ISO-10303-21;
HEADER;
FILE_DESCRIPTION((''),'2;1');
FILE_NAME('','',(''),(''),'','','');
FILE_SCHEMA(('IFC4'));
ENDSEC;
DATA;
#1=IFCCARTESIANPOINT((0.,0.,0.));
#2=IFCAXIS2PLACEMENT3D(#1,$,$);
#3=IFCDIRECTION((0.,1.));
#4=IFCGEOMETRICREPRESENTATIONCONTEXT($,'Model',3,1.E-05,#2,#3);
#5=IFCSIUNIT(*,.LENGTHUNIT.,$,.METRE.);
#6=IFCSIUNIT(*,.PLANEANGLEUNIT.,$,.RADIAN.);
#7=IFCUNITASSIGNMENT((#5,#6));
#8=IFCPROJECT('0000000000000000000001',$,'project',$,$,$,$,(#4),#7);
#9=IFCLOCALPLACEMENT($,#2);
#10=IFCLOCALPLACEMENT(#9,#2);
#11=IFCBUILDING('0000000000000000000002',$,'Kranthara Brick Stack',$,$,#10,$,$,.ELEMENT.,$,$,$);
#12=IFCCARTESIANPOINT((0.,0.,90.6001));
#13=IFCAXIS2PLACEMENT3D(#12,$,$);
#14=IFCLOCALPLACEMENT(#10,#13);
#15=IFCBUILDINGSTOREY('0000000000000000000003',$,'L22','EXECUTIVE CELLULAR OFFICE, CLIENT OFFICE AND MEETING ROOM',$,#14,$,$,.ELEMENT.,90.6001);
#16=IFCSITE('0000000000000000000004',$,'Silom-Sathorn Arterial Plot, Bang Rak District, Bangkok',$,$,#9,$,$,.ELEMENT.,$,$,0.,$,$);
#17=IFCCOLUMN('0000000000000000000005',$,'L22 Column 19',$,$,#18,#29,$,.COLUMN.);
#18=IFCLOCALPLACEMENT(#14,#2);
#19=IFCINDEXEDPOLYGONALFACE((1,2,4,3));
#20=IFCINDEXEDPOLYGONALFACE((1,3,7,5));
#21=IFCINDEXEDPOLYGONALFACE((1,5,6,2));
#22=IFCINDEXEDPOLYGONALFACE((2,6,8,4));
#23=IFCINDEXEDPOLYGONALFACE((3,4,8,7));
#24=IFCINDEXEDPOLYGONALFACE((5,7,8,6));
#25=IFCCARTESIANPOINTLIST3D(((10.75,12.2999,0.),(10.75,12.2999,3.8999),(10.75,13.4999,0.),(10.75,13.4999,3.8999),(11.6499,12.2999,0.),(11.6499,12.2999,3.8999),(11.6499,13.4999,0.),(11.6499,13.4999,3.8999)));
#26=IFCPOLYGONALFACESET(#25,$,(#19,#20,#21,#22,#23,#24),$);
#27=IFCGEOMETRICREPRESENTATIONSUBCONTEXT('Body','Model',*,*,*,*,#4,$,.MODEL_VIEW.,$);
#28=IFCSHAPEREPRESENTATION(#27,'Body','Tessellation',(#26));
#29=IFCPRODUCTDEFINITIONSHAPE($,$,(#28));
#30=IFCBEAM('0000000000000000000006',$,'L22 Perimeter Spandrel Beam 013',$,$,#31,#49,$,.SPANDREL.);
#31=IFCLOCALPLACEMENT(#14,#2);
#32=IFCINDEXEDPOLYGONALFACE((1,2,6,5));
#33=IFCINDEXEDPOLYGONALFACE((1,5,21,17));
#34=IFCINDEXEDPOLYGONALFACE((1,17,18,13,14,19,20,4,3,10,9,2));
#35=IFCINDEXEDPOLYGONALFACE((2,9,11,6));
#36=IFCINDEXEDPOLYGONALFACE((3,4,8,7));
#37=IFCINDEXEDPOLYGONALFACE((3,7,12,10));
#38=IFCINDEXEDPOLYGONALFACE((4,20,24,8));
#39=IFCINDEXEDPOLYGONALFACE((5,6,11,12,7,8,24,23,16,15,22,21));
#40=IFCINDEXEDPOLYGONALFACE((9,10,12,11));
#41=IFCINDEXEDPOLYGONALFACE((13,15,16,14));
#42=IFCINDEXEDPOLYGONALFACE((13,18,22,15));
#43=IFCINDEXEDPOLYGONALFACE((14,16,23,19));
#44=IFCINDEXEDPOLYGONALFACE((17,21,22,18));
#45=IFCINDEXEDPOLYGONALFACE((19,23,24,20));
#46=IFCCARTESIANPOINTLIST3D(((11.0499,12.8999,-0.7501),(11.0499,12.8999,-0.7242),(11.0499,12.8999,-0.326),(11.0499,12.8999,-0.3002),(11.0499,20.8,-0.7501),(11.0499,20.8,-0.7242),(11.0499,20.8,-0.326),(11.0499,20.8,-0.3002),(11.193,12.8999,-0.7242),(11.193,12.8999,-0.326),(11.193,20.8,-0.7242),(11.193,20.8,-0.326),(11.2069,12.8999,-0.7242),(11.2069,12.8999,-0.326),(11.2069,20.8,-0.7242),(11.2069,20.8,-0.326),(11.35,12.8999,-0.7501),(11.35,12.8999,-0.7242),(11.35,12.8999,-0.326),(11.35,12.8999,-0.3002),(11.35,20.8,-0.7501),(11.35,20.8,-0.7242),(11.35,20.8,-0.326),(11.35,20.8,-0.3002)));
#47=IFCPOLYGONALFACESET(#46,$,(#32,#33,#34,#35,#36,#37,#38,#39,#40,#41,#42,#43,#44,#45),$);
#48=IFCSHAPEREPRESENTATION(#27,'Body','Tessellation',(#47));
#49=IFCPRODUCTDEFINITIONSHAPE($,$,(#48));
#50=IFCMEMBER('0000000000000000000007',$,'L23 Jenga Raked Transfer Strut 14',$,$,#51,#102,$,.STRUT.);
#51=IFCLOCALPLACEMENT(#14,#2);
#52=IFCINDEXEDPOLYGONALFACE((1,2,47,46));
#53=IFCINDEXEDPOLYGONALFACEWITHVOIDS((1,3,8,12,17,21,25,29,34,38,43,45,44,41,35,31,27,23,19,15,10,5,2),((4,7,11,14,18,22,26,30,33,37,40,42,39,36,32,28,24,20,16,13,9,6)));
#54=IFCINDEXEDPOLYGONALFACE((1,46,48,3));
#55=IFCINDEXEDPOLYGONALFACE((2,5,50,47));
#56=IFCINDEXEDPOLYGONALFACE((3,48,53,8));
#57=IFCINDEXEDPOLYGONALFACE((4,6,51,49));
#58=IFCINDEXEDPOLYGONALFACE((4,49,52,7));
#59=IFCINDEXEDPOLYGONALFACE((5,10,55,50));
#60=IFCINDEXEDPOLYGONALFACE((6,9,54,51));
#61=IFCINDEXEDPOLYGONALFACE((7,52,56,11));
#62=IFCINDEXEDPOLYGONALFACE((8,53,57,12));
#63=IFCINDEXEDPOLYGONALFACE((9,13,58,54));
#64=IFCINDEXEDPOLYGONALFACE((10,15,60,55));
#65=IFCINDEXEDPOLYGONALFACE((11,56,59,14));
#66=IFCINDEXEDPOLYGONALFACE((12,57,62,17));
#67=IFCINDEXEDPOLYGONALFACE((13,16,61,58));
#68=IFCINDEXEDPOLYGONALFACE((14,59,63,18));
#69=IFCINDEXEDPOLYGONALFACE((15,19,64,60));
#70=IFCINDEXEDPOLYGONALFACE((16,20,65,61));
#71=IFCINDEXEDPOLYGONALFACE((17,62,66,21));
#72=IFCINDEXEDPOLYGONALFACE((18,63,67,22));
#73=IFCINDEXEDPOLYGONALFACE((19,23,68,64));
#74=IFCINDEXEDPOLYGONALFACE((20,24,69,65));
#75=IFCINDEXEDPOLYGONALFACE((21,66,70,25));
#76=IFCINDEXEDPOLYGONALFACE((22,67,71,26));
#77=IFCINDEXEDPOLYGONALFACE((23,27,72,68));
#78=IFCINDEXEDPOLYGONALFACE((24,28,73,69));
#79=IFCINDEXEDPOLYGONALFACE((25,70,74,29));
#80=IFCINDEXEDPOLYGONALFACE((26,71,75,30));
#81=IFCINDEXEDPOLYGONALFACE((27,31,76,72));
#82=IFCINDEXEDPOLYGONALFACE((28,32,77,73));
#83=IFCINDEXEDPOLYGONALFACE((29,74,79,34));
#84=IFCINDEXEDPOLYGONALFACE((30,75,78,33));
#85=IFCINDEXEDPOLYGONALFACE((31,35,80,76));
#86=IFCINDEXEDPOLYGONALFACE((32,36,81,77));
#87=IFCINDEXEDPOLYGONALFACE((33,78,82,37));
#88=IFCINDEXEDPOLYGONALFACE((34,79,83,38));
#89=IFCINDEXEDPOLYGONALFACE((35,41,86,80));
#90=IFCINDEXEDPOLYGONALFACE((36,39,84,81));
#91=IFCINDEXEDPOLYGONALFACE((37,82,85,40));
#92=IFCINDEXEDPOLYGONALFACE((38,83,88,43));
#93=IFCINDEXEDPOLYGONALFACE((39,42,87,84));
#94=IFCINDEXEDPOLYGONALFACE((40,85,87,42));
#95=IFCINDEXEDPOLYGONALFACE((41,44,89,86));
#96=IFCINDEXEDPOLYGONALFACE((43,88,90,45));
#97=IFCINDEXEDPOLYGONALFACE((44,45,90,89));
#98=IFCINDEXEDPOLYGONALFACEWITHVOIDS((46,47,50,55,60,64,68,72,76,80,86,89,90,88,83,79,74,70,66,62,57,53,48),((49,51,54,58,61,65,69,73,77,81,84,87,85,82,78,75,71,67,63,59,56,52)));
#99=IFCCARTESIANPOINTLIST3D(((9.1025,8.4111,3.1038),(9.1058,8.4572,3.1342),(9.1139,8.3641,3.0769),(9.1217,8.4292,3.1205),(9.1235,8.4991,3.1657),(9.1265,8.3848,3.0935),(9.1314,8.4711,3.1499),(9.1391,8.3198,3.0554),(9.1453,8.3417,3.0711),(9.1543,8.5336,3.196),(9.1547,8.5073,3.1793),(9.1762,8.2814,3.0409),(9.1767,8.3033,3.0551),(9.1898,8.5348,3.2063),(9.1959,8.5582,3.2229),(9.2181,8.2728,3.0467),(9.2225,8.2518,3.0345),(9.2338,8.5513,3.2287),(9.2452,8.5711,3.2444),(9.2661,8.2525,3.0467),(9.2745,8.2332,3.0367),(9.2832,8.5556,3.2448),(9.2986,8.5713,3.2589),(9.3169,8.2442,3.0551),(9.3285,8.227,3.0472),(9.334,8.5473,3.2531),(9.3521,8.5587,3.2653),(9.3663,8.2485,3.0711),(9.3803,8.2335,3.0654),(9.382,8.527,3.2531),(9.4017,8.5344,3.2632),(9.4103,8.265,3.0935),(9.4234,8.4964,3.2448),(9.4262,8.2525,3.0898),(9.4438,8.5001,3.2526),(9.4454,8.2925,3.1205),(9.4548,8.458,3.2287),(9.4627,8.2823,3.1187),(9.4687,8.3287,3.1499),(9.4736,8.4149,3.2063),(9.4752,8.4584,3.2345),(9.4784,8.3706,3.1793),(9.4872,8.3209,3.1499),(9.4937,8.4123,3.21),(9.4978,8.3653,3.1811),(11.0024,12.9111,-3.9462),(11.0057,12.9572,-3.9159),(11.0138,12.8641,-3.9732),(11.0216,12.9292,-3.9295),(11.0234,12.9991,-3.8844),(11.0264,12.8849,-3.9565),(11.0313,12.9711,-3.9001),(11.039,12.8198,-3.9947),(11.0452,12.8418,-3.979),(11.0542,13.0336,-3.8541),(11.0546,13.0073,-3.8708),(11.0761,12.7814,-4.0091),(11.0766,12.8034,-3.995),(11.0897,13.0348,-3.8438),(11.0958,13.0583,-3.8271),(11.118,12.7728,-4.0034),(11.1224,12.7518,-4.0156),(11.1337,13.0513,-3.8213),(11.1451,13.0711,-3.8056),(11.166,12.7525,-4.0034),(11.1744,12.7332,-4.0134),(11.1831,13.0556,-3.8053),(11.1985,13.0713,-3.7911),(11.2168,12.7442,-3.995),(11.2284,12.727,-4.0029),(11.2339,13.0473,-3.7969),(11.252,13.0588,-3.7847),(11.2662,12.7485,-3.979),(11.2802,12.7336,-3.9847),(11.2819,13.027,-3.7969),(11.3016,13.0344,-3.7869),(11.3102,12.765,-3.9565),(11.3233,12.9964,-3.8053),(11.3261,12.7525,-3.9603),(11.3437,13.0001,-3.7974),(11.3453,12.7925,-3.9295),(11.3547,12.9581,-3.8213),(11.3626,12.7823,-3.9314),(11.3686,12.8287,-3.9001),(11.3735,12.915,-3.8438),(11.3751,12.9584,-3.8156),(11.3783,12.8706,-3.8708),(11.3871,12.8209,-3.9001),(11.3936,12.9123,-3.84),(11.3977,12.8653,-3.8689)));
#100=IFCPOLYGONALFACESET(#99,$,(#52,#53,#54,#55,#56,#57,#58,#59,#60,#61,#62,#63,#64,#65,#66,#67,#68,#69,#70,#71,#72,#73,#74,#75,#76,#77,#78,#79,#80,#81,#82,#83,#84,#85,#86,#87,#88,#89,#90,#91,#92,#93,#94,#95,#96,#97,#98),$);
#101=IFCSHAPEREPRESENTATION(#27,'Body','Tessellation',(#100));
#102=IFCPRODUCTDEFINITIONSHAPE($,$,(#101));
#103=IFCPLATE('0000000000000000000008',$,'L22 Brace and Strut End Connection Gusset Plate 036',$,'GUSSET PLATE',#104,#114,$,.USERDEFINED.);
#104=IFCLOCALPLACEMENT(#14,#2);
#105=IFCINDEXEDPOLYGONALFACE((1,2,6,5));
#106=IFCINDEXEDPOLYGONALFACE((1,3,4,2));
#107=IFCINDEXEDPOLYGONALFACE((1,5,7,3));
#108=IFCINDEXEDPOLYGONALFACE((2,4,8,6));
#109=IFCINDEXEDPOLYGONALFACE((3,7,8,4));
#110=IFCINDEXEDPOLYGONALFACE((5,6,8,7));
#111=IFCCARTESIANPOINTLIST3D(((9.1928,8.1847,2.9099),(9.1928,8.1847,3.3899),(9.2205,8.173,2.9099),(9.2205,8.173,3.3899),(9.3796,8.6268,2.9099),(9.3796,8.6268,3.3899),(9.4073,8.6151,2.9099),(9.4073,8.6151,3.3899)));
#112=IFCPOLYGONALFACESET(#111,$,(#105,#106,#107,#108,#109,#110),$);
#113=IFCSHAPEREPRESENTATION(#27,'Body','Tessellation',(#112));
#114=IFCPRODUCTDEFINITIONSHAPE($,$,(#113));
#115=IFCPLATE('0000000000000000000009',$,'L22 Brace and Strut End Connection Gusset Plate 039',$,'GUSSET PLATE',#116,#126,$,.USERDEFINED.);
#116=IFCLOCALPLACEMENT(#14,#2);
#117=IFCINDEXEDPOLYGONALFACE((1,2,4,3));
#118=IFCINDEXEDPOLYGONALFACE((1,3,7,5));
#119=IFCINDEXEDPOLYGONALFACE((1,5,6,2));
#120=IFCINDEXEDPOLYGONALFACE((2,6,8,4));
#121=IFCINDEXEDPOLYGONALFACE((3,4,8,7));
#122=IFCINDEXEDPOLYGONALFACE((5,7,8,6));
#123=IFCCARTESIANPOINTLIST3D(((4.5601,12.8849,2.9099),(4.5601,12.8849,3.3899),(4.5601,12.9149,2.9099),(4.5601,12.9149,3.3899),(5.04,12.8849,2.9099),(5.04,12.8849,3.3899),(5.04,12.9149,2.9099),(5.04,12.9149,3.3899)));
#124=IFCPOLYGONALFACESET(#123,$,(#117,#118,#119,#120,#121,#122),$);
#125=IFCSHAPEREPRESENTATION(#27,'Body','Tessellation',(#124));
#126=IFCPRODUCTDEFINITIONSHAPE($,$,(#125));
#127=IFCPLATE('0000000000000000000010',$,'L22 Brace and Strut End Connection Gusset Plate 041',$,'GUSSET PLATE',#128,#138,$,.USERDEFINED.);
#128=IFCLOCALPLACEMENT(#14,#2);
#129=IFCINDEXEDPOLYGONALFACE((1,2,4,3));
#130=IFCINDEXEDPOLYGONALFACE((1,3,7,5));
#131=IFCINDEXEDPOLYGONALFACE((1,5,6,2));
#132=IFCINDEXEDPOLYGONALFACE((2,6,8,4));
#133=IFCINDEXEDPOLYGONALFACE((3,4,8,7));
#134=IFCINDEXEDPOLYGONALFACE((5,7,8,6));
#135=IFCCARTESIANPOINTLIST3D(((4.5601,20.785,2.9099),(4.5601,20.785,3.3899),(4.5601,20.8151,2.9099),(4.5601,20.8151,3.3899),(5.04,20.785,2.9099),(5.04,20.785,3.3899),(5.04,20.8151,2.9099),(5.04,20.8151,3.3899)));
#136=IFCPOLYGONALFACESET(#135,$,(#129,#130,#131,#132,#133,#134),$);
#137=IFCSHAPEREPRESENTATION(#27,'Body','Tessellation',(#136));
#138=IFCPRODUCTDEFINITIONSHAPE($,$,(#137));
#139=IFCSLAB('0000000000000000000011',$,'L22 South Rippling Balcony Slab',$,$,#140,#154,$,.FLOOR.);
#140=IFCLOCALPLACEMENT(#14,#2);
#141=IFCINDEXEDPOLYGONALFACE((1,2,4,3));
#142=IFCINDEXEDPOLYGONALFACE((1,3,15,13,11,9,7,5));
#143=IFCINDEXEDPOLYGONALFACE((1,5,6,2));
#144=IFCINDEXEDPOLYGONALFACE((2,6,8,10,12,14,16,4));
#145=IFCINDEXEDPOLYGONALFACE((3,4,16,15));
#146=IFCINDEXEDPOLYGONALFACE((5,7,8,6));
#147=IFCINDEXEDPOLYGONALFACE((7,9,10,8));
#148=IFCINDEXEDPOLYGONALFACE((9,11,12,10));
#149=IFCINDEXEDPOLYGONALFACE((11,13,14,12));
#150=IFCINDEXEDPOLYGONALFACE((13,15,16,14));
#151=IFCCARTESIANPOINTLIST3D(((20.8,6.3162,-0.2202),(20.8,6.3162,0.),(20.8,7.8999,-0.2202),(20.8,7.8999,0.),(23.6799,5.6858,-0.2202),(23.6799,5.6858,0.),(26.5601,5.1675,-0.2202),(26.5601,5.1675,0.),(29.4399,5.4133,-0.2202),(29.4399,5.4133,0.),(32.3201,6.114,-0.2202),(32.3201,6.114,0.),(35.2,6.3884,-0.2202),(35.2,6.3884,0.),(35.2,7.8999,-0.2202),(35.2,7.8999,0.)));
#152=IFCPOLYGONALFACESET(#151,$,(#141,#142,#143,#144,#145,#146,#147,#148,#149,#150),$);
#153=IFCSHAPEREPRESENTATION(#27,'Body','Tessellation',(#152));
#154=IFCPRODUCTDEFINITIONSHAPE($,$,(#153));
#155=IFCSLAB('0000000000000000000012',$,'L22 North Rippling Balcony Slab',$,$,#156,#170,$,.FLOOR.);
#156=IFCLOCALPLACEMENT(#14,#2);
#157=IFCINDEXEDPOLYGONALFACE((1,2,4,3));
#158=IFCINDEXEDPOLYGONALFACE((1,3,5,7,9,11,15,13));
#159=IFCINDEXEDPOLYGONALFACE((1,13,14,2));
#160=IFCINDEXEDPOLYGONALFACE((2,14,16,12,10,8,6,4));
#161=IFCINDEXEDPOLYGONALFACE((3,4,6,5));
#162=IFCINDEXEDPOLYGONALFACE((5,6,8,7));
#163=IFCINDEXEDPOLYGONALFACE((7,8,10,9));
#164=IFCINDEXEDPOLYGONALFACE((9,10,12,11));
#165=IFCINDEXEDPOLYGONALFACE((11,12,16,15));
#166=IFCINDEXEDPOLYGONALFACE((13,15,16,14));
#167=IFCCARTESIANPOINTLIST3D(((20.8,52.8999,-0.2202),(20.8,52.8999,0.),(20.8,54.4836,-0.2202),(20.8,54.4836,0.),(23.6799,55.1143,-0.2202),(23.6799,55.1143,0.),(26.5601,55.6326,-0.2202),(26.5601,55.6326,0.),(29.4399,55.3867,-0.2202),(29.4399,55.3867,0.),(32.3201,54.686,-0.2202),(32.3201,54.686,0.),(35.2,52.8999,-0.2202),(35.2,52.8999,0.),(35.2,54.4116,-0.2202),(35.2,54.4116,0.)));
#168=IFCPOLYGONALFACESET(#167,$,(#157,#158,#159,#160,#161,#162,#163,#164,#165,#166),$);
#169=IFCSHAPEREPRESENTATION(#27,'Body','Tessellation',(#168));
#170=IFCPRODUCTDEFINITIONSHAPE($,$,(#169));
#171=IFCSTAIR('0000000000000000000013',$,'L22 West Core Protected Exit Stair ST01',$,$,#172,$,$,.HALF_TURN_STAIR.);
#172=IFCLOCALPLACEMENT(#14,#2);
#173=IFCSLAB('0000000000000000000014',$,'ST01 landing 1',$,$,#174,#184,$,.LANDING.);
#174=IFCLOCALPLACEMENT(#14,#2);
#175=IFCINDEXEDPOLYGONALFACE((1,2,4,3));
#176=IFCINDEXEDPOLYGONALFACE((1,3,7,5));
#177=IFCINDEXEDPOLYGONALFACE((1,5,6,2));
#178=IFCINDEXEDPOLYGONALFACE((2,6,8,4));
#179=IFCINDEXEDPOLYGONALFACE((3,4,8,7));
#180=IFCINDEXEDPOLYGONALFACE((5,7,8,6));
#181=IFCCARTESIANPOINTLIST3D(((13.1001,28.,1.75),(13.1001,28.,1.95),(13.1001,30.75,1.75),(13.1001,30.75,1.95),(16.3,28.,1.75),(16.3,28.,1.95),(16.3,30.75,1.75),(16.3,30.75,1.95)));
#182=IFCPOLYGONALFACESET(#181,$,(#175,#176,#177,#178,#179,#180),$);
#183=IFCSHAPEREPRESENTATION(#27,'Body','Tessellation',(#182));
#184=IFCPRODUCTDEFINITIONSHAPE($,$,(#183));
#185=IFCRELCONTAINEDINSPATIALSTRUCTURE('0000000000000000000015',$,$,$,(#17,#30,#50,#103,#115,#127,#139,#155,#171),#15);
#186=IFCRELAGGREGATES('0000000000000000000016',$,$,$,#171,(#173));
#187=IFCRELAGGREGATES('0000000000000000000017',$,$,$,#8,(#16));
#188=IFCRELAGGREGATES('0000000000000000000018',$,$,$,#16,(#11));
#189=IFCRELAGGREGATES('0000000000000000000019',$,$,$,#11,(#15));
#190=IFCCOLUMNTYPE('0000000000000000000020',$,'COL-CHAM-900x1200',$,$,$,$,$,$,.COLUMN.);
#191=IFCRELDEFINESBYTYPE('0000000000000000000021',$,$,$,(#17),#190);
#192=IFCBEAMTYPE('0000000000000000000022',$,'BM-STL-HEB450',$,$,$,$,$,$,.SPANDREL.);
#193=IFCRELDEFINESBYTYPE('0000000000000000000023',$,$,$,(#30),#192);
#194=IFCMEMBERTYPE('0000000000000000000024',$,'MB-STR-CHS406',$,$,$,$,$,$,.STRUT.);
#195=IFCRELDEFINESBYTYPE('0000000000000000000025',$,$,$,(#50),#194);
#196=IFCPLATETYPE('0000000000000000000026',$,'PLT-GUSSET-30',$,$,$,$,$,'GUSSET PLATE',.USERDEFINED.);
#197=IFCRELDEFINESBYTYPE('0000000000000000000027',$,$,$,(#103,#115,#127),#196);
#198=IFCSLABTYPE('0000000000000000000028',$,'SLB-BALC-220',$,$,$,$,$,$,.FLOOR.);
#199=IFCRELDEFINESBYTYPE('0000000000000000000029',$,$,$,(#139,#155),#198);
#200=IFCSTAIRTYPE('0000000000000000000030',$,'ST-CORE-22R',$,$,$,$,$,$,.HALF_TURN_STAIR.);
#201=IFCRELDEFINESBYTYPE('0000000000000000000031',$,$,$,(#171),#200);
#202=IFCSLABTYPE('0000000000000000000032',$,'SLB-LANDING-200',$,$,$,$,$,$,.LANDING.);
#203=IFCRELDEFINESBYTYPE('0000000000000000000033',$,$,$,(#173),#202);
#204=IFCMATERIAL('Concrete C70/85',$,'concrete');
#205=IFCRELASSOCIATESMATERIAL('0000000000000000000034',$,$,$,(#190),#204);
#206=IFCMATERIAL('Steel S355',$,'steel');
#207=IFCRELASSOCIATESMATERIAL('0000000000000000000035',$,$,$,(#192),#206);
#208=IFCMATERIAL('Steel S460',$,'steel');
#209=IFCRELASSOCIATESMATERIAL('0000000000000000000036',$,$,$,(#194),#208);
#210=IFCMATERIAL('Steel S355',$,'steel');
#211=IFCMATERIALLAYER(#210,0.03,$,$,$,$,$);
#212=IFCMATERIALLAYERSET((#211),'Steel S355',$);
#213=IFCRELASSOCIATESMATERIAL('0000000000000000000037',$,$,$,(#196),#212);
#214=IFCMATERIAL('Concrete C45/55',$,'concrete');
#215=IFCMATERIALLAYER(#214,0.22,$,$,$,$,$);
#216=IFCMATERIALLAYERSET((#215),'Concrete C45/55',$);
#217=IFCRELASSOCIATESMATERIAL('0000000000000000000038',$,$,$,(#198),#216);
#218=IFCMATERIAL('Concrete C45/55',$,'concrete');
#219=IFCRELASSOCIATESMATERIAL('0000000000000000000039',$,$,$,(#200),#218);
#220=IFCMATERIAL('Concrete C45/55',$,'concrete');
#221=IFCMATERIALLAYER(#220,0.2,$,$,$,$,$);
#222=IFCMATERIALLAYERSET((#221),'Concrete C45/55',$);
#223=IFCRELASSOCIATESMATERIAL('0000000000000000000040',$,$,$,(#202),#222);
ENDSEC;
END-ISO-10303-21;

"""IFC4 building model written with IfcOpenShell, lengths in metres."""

from ifc_helpers import new_model, si_unit, direction, frame, origin, origin_2d, place, context, subcontext, project, spatial, polyline, rectangle, hollow_circle, i_section, outline, extrude, material, layer, layer_set, material_profile, profile_set, type_object, element, aggregate, save


model = new_model("IFC4")

# Units and contexts
model_context = context("Model", 3, precision=1e-05, world=origin(), true_north=direction((0.0, 1.0)))
body_context = subcontext(model_context, "Body", "Model", "MODEL_VIEW")
ifc_project = project(units=[si_unit("LENGTHUNIT", "METRE"), si_unit("PLANEANGLEUNIT", "RADIAN")], contexts=[model_context])

# Site, building, storey
site_placement = place(None, origin())
site = spatial("IfcSite", under=ifc_project, at=site_placement, Name="Silom-Sathorn Arterial Plot, Bang Rak District, Bangkok", CompositionType="ELEMENT", RefElevation=0.0)
building_placement = place(site_placement, origin())
building = spatial("IfcBuilding", under=site, at=building_placement, Name="Kranthara Brick Stack", CompositionType="ELEMENT")
storey_placement = place(building_placement, frame((0.0, 0.0, 90.6001)))
storey = spatial("IfcBuildingStorey", under=building, at=storey_placement, Name="L22", Description="EXECUTIVE CELLULAR OFFICE, CLIENT OFFICE AND MEETING ROOM", CompositionType="ELEMENT", Elevation=90.6001)

# Column
ifc_material_1 = material(Name="Concrete C70/85", Category="concrete")
ifc_material_profile_1 = material_profile(ifc_material_1, rectangle(XDim=0.8999, YDim=1.2, at=origin_2d()), Name="RC 900x1200")
ifc_profile_set_1 = profile_set([ifc_material_profile_1], Name="Concrete C70/85")
column_type = type_object("IfcColumnType", Name="COL-CHAM-900x1200", PredefinedType="COLUMN", material=ifc_profile_set_1)
column_placement = place(storey_placement, frame((11.2, 12.8999, 0.0), z_axis=(0.0, 0.0, 1.0), x_axis=(1.0, 0.0, 0.0)))
element("IfcColumn", 1, at=column_placement, inside=storey, type_object=column_type, Name="L22 Column 19", PredefinedType="COLUMN", context=body_context, shape_type="SweptSolid", body=[
    extrude(rectangle(XDim=0.8999, YDim=1.2, at=origin_2d()), origin(), (0.0, 0.0, 1.0), 3.8999),
])

# Beam
ifc_material_2 = material(Name="Steel S355", Category="steel")
ifc_material_profile_2 = material_profile(ifc_material_2, i_section(OverallWidth=0.3, OverallDepth=0.45, WebThickness=0.0139, FlangeThickness=0.0259, at=origin_2d()), Name="HEB 450")
ifc_profile_set_2 = profile_set([ifc_material_profile_2], Name="Steel S355")
beam_type = type_object("IfcBeamType", Name="BM-STL-HEB450", PredefinedType="SPANDREL", material=ifc_profile_set_2)
beam_placement = place(storey_placement, frame((11.2, 12.8999, -0.5251), z_axis=(0.0, 1.0, 0.0), x_axis=(-1.0, 0.0, 0.0)))
element("IfcBeam", 2, at=beam_placement, inside=storey, type_object=beam_type, Name="L22 Perimeter Spandrel Beam 013", PredefinedType="SPANDREL", context=body_context, shape_type="SweptSolid", body=[
    extrude(i_section(OverallWidth=0.3, OverallDepth=0.45, WebThickness=0.0139, FlangeThickness=0.0259, at=origin_2d()), origin(), (0.0, 0.0, 1.0), 7.9001),
])

# Member
ifc_material_3 = material(Name="Steel S460", Category="steel")
ifc_material_profile_3 = material_profile(ifc_material_3, hollow_circle(Radius=0.2031, WallThickness=0.02, at=origin_2d()), Name="CHS 406.4x20")
ifc_profile_set_3 = profile_set([ifc_material_profile_3], Name="Steel S460")
member_type = type_object("IfcMemberType", Name="MB-STR-CHS406", PredefinedType="STRUT", material=ifc_profile_set_3)
member_placement = place(storey_placement, frame((11.2, 12.8999, -3.9001), z_axis=(-0.221514, -0.524667, 0.821983), x_axis=(0.921257, -0.388955, 0.0)))
element("IfcMember", 3, at=member_placement, inside=storey, type_object=member_type, Name="L23 Jenga Raked Transfer Strut 14", PredefinedType="STRUT", context=body_context, shape_type="SweptSolid", body=[
    extrude(hollow_circle(Radius=0.2031, WallThickness=0.02, at=origin_2d()), origin(), (0.0, 0.0, 1.0), 8.5769),
])

# Plates
ifc_material_4 = material(Name="Steel S355", Category="steel")
ifc_layer_1 = layer(ifc_material_4, 0.03)
ifc_layer_set_1 = layer_set([ifc_layer_1], Name="Steel S355")
plate_type = type_object("IfcPlateType", Name="PLT-GUSSET-30", ElementType="GUSSET PLATE", PredefinedType="USERDEFINED", material=ifc_layer_set_1)
for number, where, z_axis, x_axis, name in (
    (4, (9.3, 8.3999, 2.9099), (0.0, 0.0, 1.0), (0.389124, 0.921185, 0.0), "L22 Brace and Strut End Connection Gusset Plate 036"),
    (5, (4.8, 12.8999, 2.9099), (0.0, 0.0, 1.0), (1.0, 0.0, 0.0), "L22 Brace and Strut End Connection Gusset Plate 039"),
    (6, (4.8, 20.8, 2.9099), (0.0, 0.0, 1.0), (1.0, 0.0, 0.0), "L22 Brace and Strut End Connection Gusset Plate 041"),
):
    element("IfcPlate", number, at=place(storey_placement, frame(where, z_axis=z_axis, x_axis=x_axis)), inside=storey, type_object=plate_type, Name=name, ObjectType="GUSSET PLATE", PredefinedType="USERDEFINED", context=body_context, shape_type="SweptSolid", body=[
        extrude(rectangle(XDim=0.48, YDim=0.03, at=origin_2d()), origin(), (0.0, 0.0, 1.0), 0.48),
    ])

# Slabs
ifc_material_5 = material(Name="Concrete C45/55", Category="concrete")
ifc_layer_2 = layer(ifc_material_5, 0.22)
ifc_layer_set_2 = layer_set([ifc_layer_2], Name="Concrete C45/55")
slab_type_1 = type_object("IfcSlabType", Name="SLB-BALC-220", PredefinedType="FLOOR", material=ifc_layer_set_2)
slab_1_placement = place(storey_placement, frame((0.0, 0.0, -0.2202)))
element("IfcSlab", 7, at=slab_1_placement, inside=storey, type_object=slab_type_1, Name="L22 South Rippling Balcony Slab", PredefinedType="FLOOR", context=body_context, shape_type="SweptSolid", body=[
    extrude(outline(polyline([(20.8, 7.8999), (35.2, 7.8999), (35.2, 6.3884), (32.3201, 6.114), (29.4399, 5.4133), (26.5601, 5.1675), (23.6799, 5.6858), (20.8, 6.3162), (20.8, 7.8999)])), origin(), (0.0, 0.0, 1.0), 0.2202),
])
slab_2_placement = place(storey_placement, frame((0.0, 0.0, -0.2202)))
element("IfcSlab", 8, at=slab_2_placement, inside=storey, type_object=slab_type_1, Name="L22 North Rippling Balcony Slab", PredefinedType="FLOOR", context=body_context, shape_type="SweptSolid", body=[
    extrude(outline(polyline([(35.2, 52.8999), (20.8, 52.8999), (20.8, 54.4836), (23.6799, 55.1143), (26.5601, 55.6326), (29.4399, 55.3867), (32.3201, 54.686), (35.2, 54.4116), (35.2, 52.8999)])), origin(), (0.0, 0.0, 1.0), 0.2202),
])

# Stair, slab
ifc_material_6 = material(Name="Concrete C45/55", Category="concrete")
stair_type = type_object("IfcStairType", Name="ST-CORE-22R", PredefinedType="HALF_TURN_STAIR", material=ifc_material_6)
stair_1_placement = place(storey_placement, origin())
stair_1 = element("IfcStair", 9, at=stair_1_placement, inside=storey, type_object=stair_type, Name="L22 West Core Protected Exit Stair ST01", PredefinedType="HALF_TURN_STAIR")
ifc_material_7 = material(Name="Concrete C45/55", Category="concrete")
ifc_layer_3 = layer(ifc_material_7, 0.2)
ifc_layer_set_3 = layer_set([ifc_layer_3], Name="Concrete C45/55")
slab_type_2 = type_object("IfcSlabType", Name="SLB-LANDING-200", PredefinedType="LANDING", material=ifc_layer_set_3)
slab_3_placement = place(storey_placement, frame((0.0, 0.0, 1.75)))
slab_3 = element("IfcSlab", 10, at=slab_3_placement, type_object=slab_type_2, Name="ST01 landing 1", PredefinedType="LANDING", context=body_context, shape_type="SweptSolid", body=[
    extrude(outline(polyline([(16.3, 28.0), (16.3, 30.75), (13.1001, 30.75), (13.1001, 28.0), (16.3, 28.0)])), origin(), (0.0, 0.0, 1.0), 0.2),
])
aggregate(stair_1, [slab_3])

save(model, "model.ifc")
